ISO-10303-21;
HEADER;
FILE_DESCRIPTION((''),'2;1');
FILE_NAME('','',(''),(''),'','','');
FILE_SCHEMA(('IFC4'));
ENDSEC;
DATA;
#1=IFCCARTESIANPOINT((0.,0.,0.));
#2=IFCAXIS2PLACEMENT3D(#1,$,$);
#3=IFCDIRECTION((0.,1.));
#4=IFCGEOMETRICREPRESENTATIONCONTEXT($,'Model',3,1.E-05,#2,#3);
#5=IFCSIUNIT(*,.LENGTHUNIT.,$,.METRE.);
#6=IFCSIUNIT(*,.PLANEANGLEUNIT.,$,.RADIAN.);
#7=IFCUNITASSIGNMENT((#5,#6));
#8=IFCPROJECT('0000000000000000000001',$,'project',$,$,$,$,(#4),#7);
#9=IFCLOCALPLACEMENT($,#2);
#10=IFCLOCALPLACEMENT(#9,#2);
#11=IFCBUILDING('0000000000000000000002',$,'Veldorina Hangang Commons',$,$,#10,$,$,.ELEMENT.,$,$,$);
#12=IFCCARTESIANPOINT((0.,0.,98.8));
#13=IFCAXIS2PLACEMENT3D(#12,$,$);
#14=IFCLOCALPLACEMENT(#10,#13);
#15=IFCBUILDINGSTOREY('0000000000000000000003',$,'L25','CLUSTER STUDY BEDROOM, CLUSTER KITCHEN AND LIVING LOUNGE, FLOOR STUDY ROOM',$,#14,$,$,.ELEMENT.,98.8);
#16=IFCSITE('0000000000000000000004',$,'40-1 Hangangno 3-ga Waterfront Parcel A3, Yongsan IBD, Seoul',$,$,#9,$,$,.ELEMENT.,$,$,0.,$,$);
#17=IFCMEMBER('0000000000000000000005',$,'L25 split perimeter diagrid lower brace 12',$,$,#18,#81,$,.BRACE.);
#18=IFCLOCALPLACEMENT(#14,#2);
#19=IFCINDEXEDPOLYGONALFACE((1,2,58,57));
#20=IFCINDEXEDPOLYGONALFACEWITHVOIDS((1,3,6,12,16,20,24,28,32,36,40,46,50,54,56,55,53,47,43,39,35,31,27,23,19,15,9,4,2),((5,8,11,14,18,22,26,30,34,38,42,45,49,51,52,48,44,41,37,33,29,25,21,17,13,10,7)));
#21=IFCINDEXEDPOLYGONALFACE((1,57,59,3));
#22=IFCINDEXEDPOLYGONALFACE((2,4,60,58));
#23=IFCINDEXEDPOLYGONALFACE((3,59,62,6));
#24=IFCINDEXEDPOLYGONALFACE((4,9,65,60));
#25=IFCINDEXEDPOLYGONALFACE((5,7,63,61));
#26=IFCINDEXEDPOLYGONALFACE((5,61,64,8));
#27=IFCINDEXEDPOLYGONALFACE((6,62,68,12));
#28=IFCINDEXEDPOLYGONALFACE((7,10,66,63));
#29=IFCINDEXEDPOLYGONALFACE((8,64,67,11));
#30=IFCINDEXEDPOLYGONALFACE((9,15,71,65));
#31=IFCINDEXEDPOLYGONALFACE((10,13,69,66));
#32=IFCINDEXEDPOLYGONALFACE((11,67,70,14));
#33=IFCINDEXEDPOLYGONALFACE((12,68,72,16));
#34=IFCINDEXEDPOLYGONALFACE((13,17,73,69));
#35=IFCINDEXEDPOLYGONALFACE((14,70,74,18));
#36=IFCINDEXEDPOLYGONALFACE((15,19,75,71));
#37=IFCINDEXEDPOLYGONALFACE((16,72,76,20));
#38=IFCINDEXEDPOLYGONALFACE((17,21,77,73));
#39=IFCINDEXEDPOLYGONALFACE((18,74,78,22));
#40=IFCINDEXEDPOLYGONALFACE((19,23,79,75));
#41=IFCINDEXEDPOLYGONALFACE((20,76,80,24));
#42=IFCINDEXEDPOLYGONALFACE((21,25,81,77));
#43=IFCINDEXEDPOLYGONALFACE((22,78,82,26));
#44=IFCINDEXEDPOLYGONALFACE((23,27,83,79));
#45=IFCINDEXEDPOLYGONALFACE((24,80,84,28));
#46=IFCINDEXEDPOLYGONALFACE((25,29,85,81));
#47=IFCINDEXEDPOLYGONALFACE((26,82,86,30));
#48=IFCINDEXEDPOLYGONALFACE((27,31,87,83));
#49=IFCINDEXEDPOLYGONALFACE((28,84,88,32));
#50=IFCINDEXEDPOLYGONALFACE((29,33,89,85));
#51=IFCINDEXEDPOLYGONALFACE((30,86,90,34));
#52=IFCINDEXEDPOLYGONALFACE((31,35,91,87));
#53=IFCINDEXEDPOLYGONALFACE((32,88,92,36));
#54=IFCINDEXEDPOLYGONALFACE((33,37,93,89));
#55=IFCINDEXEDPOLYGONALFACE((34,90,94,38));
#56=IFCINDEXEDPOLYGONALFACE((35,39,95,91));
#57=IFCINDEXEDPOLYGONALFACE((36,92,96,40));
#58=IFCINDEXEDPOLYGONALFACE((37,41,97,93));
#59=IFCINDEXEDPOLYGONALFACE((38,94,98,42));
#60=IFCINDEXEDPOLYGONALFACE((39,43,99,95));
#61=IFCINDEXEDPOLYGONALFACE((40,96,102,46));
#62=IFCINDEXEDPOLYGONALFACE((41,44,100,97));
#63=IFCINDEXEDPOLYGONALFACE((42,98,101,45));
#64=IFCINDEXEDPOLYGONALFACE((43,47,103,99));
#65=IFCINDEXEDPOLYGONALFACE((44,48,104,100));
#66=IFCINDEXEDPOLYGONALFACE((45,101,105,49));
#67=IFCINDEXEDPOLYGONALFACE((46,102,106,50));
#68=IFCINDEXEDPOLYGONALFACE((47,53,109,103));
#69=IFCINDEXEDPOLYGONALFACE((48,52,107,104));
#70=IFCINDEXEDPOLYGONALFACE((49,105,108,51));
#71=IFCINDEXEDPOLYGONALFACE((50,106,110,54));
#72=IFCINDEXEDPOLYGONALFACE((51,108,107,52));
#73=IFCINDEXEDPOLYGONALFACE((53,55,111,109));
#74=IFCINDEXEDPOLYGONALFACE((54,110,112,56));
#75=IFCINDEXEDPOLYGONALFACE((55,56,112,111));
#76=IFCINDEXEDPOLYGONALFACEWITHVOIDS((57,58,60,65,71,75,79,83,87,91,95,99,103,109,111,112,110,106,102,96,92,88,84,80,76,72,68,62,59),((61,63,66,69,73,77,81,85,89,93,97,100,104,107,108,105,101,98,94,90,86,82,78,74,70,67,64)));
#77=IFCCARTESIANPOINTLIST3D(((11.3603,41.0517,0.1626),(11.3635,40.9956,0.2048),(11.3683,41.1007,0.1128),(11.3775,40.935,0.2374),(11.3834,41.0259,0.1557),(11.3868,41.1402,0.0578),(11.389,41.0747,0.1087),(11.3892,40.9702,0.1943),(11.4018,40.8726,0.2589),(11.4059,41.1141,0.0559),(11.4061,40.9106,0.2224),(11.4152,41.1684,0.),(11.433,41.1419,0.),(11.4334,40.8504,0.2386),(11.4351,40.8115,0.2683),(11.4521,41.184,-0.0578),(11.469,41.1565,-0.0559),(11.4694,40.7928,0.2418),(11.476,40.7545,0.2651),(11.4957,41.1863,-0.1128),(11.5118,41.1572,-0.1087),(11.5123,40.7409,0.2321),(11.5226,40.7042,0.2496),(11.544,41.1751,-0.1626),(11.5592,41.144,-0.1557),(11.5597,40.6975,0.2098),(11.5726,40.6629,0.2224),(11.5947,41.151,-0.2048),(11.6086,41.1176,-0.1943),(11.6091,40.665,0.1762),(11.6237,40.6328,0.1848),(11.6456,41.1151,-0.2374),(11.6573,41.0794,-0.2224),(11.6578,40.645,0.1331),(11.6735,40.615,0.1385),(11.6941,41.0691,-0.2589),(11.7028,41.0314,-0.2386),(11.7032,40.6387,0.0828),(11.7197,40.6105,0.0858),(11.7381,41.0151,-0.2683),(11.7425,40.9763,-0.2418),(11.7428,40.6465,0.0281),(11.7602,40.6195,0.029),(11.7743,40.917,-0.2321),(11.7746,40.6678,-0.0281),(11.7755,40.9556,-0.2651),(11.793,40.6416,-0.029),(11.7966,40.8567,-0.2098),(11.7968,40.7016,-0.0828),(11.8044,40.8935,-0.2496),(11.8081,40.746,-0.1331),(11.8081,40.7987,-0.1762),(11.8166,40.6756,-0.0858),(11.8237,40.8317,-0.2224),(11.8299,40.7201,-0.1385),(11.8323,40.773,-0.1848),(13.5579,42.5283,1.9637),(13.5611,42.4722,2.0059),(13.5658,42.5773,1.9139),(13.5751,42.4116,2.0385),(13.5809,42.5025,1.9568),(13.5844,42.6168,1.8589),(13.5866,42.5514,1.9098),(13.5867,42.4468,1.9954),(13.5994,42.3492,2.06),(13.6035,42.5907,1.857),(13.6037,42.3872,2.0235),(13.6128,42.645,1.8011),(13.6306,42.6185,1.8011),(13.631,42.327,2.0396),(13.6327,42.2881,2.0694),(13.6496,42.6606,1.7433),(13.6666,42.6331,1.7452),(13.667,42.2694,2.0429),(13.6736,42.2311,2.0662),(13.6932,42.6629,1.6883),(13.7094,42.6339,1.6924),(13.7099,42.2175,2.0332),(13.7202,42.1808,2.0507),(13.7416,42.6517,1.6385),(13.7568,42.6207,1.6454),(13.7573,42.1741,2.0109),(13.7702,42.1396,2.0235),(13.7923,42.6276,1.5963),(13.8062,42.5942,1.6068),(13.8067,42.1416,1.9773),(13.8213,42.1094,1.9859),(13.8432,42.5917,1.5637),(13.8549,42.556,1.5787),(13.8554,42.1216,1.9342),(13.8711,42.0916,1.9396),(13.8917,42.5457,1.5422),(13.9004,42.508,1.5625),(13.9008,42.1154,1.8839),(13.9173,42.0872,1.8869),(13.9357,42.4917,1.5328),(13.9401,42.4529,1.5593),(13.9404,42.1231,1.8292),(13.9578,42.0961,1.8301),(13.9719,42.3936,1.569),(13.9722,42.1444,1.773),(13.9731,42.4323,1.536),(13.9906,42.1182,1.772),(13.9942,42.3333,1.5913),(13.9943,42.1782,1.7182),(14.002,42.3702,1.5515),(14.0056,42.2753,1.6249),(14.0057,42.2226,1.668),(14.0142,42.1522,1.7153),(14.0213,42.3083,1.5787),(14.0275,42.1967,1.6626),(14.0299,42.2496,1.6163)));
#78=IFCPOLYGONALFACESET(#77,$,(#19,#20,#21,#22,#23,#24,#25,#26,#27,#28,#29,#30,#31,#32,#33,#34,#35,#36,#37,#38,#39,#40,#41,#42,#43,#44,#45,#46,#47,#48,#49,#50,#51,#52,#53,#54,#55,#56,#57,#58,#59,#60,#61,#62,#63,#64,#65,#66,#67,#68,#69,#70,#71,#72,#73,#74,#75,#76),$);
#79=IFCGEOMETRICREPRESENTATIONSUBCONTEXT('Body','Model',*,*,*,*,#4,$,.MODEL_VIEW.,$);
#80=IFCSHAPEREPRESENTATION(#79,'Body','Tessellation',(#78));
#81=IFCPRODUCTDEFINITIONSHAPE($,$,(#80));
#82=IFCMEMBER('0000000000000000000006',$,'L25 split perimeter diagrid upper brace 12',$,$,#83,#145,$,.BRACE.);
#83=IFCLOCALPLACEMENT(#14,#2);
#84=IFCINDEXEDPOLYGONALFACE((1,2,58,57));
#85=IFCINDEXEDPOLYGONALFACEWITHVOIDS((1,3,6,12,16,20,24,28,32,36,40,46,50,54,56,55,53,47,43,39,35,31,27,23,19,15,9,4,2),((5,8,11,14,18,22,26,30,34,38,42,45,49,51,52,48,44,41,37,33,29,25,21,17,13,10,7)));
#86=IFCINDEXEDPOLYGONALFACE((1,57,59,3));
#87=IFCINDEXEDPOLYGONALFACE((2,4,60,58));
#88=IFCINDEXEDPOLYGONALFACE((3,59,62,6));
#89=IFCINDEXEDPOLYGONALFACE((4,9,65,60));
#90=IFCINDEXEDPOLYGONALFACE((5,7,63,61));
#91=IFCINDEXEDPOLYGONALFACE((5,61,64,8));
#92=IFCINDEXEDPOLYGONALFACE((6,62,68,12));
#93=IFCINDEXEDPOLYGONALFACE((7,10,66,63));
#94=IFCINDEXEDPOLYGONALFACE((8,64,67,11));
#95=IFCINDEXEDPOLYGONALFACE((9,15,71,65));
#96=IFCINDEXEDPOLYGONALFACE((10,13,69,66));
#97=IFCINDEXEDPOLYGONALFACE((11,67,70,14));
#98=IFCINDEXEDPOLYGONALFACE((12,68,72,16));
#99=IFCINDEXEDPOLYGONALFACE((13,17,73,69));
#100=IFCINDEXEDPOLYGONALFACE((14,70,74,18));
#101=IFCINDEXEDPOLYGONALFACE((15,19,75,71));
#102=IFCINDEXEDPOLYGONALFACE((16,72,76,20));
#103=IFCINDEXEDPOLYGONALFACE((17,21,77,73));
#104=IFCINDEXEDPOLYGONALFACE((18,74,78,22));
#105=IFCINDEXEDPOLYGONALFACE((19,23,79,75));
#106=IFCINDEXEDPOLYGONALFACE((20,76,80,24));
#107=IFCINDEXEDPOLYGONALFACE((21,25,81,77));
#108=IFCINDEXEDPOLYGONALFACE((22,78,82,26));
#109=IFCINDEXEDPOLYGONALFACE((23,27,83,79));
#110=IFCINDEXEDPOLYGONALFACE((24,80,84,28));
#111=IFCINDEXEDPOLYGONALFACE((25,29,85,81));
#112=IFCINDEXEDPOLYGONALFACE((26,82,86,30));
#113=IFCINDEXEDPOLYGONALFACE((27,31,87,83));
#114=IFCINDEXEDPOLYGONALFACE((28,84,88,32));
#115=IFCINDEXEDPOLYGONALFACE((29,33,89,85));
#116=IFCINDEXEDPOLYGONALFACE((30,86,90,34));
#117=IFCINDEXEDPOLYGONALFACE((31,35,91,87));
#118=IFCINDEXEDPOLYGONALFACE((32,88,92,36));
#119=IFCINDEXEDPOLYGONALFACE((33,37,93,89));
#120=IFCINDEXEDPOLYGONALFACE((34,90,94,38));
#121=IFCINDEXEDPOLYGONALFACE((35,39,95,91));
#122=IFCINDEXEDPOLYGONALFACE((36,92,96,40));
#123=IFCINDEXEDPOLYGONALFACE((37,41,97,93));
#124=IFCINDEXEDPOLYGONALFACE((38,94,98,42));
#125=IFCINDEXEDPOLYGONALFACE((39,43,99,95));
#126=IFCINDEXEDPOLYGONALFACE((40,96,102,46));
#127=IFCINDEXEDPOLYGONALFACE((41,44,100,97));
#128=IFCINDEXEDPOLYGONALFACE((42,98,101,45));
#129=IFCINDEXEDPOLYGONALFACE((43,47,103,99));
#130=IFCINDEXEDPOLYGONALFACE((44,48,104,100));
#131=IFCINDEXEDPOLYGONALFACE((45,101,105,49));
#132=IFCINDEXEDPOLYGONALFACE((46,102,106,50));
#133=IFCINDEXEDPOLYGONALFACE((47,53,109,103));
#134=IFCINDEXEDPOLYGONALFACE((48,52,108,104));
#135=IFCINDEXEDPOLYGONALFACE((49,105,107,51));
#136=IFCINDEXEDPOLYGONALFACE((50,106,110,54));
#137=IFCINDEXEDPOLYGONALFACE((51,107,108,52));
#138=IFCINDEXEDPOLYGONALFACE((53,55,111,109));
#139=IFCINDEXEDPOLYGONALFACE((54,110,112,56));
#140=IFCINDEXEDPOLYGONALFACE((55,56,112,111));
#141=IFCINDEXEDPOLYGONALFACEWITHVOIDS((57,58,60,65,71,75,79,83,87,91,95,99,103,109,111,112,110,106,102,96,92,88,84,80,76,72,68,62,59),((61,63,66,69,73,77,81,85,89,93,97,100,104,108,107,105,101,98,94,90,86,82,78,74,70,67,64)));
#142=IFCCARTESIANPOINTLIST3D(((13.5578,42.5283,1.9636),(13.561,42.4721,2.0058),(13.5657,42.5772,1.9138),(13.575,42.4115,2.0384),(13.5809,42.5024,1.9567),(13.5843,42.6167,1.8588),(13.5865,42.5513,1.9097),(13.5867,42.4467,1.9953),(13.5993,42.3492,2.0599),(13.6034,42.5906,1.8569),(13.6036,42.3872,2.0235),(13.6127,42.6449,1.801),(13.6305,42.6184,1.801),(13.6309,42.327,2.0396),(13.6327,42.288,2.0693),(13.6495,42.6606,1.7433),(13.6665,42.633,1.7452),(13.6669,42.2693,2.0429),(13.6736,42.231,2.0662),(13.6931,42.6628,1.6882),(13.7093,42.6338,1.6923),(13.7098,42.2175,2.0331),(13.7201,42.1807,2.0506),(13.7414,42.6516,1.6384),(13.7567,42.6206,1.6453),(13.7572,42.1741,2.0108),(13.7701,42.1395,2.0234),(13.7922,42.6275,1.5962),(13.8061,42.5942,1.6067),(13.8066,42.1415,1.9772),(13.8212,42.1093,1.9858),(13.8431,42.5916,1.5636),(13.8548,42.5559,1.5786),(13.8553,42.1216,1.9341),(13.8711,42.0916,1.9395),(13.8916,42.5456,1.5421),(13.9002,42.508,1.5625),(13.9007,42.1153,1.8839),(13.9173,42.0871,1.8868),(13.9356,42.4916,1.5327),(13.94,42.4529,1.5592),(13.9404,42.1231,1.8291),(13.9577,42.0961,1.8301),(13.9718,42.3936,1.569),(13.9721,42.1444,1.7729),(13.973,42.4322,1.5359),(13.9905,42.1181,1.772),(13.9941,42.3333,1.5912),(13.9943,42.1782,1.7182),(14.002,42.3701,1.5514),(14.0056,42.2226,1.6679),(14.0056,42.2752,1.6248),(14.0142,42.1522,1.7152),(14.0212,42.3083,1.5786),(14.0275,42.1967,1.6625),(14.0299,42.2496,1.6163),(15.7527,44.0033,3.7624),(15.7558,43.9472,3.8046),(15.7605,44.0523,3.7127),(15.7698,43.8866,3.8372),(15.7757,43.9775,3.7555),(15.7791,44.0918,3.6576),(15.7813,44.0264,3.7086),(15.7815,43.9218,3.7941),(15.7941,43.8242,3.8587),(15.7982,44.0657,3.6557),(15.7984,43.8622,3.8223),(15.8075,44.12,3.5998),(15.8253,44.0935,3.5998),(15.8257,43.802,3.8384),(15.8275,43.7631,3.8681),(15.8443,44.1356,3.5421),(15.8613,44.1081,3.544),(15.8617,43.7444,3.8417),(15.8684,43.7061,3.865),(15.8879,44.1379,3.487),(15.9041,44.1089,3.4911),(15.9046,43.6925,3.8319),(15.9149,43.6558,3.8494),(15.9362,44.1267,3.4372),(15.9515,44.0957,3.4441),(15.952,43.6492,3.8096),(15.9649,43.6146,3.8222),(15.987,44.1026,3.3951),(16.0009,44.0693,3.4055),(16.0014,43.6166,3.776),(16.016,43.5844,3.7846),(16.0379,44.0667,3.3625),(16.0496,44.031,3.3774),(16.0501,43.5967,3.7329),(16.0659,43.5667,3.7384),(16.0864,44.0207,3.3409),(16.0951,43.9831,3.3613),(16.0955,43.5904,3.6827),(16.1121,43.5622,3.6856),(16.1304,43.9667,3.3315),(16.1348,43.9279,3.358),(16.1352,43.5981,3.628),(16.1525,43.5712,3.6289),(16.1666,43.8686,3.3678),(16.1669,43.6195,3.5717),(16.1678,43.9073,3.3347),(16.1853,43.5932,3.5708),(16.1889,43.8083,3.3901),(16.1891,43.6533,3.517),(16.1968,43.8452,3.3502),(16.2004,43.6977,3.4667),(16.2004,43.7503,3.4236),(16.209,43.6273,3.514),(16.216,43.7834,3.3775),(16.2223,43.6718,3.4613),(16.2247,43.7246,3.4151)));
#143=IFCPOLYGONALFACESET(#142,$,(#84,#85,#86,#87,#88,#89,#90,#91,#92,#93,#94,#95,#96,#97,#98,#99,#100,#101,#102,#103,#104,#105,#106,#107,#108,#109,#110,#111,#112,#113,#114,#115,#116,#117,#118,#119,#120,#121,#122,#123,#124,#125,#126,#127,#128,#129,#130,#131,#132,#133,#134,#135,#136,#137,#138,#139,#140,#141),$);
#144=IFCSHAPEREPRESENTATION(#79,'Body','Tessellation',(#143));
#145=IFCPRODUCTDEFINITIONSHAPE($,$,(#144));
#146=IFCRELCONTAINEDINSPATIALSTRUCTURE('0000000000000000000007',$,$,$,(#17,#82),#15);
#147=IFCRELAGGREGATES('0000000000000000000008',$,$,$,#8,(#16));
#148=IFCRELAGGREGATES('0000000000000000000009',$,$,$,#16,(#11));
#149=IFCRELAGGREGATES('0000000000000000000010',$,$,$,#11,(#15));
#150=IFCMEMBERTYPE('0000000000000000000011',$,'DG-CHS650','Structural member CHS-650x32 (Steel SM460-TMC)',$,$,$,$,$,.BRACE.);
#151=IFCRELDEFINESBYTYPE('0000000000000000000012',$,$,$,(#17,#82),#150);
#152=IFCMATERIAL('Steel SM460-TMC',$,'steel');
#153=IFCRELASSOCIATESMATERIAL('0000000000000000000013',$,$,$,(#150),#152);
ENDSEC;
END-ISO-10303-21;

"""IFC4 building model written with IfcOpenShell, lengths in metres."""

from ifc_helpers import new_model, si_unit, direction, frame, origin, origin_2d, place, context, subcontext, project, spatial, hollow_circle, extrude, material, material_profile, profile_set, type_object, element, save


model = new_model("IFC4")

# Units and contexts
model_context = context("Model", 3, precision=1e-05, world=origin(), true_north=direction((0.0, 1.0)))
body_context = subcontext(model_context, "Body", "Model", "MODEL_VIEW")
ifc_project = project(units=[si_unit("LENGTHUNIT", "METRE"), si_unit("PLANEANGLEUNIT", "RADIAN")], contexts=[model_context])

# Site, building, storey
site_placement = place(None, origin())
site = spatial("IfcSite", under=ifc_project, at=site_placement, Name="40-1 Hangangno 3-ga Waterfront Parcel A3, Yongsan IBD, Seoul", CompositionType="ELEMENT", RefElevation=0.0)
building_placement = place(site_placement, origin())
building = spatial("IfcBuilding", under=site, at=building_placement, Name="Veldorina Hangang Commons", CompositionType="ELEMENT")
storey_placement = place(building_placement, frame((0.0, 0.0, 98.8)))
storey = spatial("IfcBuildingStorey", under=building, at=storey_placement, Name="L25", Description="CLUSTER STUDY BEDROOM, CLUSTER KITCHEN AND LIVING LOUNGE, FLOOR STUDY ROOM", CompositionType="ELEMENT", Elevation=98.8)

# Members
ifc_material_1 = material(Name="Steel SM460-TMC", Category="steel")
ifc_material_profile_1 = material_profile(ifc_material_1, hollow_circle(Radius=0.325, WallThickness=0.032, at=origin_2d()), Name="CHS-650x32")
ifc_profile_set_1 = profile_set([ifc_material_profile_1], Name="Steel SM460-TMC")
member_type = type_object("IfcMemberType", Name="DG-CHS650", Description="Structural member CHS-650x32 (Steel SM460-TMC)", PredefinedType="BRACE", material=ifc_profile_set_1)
member_1_placement = place(storey_placement, frame((11.5964, 40.8987, 0.0), z_axis=(0.686287, 0.461134, 0.562464), x_axis=(-0.557718, 0.83003, 0.0)))
element("IfcMember", 1, at=member_1_placement, inside=storey, type_object=member_type, Name="L25 split perimeter diagrid lower brace 12", PredefinedType="BRACE", context=body_context, shape_type="SweptSolid", body=[
    extrude(hollow_circle(Radius=0.325, WallThickness=0.032, at=origin_2d()), origin(), (0.0, 0.0, 1.0), 3.2021),
])
member_2_placement = place(storey_placement, frame((13.7939, 42.3752, 1.801), z_axis=(0.686253, 0.461217, 0.562437), x_axis=(-0.557807, 0.829971, 0.0)))
element("IfcMember", 2, at=member_2_placement, inside=storey, type_object=member_type, Name="L25 split perimeter diagrid upper brace 12", PredefinedType="BRACE", context=body_context, shape_type="SweptSolid", body=[
    extrude(hollow_circle(Radius=0.325, WallThickness=0.032, at=origin_2d()), origin(), (0.0, 0.0, 1.0), 3.1982),
])

save(model, "model.ifc")
